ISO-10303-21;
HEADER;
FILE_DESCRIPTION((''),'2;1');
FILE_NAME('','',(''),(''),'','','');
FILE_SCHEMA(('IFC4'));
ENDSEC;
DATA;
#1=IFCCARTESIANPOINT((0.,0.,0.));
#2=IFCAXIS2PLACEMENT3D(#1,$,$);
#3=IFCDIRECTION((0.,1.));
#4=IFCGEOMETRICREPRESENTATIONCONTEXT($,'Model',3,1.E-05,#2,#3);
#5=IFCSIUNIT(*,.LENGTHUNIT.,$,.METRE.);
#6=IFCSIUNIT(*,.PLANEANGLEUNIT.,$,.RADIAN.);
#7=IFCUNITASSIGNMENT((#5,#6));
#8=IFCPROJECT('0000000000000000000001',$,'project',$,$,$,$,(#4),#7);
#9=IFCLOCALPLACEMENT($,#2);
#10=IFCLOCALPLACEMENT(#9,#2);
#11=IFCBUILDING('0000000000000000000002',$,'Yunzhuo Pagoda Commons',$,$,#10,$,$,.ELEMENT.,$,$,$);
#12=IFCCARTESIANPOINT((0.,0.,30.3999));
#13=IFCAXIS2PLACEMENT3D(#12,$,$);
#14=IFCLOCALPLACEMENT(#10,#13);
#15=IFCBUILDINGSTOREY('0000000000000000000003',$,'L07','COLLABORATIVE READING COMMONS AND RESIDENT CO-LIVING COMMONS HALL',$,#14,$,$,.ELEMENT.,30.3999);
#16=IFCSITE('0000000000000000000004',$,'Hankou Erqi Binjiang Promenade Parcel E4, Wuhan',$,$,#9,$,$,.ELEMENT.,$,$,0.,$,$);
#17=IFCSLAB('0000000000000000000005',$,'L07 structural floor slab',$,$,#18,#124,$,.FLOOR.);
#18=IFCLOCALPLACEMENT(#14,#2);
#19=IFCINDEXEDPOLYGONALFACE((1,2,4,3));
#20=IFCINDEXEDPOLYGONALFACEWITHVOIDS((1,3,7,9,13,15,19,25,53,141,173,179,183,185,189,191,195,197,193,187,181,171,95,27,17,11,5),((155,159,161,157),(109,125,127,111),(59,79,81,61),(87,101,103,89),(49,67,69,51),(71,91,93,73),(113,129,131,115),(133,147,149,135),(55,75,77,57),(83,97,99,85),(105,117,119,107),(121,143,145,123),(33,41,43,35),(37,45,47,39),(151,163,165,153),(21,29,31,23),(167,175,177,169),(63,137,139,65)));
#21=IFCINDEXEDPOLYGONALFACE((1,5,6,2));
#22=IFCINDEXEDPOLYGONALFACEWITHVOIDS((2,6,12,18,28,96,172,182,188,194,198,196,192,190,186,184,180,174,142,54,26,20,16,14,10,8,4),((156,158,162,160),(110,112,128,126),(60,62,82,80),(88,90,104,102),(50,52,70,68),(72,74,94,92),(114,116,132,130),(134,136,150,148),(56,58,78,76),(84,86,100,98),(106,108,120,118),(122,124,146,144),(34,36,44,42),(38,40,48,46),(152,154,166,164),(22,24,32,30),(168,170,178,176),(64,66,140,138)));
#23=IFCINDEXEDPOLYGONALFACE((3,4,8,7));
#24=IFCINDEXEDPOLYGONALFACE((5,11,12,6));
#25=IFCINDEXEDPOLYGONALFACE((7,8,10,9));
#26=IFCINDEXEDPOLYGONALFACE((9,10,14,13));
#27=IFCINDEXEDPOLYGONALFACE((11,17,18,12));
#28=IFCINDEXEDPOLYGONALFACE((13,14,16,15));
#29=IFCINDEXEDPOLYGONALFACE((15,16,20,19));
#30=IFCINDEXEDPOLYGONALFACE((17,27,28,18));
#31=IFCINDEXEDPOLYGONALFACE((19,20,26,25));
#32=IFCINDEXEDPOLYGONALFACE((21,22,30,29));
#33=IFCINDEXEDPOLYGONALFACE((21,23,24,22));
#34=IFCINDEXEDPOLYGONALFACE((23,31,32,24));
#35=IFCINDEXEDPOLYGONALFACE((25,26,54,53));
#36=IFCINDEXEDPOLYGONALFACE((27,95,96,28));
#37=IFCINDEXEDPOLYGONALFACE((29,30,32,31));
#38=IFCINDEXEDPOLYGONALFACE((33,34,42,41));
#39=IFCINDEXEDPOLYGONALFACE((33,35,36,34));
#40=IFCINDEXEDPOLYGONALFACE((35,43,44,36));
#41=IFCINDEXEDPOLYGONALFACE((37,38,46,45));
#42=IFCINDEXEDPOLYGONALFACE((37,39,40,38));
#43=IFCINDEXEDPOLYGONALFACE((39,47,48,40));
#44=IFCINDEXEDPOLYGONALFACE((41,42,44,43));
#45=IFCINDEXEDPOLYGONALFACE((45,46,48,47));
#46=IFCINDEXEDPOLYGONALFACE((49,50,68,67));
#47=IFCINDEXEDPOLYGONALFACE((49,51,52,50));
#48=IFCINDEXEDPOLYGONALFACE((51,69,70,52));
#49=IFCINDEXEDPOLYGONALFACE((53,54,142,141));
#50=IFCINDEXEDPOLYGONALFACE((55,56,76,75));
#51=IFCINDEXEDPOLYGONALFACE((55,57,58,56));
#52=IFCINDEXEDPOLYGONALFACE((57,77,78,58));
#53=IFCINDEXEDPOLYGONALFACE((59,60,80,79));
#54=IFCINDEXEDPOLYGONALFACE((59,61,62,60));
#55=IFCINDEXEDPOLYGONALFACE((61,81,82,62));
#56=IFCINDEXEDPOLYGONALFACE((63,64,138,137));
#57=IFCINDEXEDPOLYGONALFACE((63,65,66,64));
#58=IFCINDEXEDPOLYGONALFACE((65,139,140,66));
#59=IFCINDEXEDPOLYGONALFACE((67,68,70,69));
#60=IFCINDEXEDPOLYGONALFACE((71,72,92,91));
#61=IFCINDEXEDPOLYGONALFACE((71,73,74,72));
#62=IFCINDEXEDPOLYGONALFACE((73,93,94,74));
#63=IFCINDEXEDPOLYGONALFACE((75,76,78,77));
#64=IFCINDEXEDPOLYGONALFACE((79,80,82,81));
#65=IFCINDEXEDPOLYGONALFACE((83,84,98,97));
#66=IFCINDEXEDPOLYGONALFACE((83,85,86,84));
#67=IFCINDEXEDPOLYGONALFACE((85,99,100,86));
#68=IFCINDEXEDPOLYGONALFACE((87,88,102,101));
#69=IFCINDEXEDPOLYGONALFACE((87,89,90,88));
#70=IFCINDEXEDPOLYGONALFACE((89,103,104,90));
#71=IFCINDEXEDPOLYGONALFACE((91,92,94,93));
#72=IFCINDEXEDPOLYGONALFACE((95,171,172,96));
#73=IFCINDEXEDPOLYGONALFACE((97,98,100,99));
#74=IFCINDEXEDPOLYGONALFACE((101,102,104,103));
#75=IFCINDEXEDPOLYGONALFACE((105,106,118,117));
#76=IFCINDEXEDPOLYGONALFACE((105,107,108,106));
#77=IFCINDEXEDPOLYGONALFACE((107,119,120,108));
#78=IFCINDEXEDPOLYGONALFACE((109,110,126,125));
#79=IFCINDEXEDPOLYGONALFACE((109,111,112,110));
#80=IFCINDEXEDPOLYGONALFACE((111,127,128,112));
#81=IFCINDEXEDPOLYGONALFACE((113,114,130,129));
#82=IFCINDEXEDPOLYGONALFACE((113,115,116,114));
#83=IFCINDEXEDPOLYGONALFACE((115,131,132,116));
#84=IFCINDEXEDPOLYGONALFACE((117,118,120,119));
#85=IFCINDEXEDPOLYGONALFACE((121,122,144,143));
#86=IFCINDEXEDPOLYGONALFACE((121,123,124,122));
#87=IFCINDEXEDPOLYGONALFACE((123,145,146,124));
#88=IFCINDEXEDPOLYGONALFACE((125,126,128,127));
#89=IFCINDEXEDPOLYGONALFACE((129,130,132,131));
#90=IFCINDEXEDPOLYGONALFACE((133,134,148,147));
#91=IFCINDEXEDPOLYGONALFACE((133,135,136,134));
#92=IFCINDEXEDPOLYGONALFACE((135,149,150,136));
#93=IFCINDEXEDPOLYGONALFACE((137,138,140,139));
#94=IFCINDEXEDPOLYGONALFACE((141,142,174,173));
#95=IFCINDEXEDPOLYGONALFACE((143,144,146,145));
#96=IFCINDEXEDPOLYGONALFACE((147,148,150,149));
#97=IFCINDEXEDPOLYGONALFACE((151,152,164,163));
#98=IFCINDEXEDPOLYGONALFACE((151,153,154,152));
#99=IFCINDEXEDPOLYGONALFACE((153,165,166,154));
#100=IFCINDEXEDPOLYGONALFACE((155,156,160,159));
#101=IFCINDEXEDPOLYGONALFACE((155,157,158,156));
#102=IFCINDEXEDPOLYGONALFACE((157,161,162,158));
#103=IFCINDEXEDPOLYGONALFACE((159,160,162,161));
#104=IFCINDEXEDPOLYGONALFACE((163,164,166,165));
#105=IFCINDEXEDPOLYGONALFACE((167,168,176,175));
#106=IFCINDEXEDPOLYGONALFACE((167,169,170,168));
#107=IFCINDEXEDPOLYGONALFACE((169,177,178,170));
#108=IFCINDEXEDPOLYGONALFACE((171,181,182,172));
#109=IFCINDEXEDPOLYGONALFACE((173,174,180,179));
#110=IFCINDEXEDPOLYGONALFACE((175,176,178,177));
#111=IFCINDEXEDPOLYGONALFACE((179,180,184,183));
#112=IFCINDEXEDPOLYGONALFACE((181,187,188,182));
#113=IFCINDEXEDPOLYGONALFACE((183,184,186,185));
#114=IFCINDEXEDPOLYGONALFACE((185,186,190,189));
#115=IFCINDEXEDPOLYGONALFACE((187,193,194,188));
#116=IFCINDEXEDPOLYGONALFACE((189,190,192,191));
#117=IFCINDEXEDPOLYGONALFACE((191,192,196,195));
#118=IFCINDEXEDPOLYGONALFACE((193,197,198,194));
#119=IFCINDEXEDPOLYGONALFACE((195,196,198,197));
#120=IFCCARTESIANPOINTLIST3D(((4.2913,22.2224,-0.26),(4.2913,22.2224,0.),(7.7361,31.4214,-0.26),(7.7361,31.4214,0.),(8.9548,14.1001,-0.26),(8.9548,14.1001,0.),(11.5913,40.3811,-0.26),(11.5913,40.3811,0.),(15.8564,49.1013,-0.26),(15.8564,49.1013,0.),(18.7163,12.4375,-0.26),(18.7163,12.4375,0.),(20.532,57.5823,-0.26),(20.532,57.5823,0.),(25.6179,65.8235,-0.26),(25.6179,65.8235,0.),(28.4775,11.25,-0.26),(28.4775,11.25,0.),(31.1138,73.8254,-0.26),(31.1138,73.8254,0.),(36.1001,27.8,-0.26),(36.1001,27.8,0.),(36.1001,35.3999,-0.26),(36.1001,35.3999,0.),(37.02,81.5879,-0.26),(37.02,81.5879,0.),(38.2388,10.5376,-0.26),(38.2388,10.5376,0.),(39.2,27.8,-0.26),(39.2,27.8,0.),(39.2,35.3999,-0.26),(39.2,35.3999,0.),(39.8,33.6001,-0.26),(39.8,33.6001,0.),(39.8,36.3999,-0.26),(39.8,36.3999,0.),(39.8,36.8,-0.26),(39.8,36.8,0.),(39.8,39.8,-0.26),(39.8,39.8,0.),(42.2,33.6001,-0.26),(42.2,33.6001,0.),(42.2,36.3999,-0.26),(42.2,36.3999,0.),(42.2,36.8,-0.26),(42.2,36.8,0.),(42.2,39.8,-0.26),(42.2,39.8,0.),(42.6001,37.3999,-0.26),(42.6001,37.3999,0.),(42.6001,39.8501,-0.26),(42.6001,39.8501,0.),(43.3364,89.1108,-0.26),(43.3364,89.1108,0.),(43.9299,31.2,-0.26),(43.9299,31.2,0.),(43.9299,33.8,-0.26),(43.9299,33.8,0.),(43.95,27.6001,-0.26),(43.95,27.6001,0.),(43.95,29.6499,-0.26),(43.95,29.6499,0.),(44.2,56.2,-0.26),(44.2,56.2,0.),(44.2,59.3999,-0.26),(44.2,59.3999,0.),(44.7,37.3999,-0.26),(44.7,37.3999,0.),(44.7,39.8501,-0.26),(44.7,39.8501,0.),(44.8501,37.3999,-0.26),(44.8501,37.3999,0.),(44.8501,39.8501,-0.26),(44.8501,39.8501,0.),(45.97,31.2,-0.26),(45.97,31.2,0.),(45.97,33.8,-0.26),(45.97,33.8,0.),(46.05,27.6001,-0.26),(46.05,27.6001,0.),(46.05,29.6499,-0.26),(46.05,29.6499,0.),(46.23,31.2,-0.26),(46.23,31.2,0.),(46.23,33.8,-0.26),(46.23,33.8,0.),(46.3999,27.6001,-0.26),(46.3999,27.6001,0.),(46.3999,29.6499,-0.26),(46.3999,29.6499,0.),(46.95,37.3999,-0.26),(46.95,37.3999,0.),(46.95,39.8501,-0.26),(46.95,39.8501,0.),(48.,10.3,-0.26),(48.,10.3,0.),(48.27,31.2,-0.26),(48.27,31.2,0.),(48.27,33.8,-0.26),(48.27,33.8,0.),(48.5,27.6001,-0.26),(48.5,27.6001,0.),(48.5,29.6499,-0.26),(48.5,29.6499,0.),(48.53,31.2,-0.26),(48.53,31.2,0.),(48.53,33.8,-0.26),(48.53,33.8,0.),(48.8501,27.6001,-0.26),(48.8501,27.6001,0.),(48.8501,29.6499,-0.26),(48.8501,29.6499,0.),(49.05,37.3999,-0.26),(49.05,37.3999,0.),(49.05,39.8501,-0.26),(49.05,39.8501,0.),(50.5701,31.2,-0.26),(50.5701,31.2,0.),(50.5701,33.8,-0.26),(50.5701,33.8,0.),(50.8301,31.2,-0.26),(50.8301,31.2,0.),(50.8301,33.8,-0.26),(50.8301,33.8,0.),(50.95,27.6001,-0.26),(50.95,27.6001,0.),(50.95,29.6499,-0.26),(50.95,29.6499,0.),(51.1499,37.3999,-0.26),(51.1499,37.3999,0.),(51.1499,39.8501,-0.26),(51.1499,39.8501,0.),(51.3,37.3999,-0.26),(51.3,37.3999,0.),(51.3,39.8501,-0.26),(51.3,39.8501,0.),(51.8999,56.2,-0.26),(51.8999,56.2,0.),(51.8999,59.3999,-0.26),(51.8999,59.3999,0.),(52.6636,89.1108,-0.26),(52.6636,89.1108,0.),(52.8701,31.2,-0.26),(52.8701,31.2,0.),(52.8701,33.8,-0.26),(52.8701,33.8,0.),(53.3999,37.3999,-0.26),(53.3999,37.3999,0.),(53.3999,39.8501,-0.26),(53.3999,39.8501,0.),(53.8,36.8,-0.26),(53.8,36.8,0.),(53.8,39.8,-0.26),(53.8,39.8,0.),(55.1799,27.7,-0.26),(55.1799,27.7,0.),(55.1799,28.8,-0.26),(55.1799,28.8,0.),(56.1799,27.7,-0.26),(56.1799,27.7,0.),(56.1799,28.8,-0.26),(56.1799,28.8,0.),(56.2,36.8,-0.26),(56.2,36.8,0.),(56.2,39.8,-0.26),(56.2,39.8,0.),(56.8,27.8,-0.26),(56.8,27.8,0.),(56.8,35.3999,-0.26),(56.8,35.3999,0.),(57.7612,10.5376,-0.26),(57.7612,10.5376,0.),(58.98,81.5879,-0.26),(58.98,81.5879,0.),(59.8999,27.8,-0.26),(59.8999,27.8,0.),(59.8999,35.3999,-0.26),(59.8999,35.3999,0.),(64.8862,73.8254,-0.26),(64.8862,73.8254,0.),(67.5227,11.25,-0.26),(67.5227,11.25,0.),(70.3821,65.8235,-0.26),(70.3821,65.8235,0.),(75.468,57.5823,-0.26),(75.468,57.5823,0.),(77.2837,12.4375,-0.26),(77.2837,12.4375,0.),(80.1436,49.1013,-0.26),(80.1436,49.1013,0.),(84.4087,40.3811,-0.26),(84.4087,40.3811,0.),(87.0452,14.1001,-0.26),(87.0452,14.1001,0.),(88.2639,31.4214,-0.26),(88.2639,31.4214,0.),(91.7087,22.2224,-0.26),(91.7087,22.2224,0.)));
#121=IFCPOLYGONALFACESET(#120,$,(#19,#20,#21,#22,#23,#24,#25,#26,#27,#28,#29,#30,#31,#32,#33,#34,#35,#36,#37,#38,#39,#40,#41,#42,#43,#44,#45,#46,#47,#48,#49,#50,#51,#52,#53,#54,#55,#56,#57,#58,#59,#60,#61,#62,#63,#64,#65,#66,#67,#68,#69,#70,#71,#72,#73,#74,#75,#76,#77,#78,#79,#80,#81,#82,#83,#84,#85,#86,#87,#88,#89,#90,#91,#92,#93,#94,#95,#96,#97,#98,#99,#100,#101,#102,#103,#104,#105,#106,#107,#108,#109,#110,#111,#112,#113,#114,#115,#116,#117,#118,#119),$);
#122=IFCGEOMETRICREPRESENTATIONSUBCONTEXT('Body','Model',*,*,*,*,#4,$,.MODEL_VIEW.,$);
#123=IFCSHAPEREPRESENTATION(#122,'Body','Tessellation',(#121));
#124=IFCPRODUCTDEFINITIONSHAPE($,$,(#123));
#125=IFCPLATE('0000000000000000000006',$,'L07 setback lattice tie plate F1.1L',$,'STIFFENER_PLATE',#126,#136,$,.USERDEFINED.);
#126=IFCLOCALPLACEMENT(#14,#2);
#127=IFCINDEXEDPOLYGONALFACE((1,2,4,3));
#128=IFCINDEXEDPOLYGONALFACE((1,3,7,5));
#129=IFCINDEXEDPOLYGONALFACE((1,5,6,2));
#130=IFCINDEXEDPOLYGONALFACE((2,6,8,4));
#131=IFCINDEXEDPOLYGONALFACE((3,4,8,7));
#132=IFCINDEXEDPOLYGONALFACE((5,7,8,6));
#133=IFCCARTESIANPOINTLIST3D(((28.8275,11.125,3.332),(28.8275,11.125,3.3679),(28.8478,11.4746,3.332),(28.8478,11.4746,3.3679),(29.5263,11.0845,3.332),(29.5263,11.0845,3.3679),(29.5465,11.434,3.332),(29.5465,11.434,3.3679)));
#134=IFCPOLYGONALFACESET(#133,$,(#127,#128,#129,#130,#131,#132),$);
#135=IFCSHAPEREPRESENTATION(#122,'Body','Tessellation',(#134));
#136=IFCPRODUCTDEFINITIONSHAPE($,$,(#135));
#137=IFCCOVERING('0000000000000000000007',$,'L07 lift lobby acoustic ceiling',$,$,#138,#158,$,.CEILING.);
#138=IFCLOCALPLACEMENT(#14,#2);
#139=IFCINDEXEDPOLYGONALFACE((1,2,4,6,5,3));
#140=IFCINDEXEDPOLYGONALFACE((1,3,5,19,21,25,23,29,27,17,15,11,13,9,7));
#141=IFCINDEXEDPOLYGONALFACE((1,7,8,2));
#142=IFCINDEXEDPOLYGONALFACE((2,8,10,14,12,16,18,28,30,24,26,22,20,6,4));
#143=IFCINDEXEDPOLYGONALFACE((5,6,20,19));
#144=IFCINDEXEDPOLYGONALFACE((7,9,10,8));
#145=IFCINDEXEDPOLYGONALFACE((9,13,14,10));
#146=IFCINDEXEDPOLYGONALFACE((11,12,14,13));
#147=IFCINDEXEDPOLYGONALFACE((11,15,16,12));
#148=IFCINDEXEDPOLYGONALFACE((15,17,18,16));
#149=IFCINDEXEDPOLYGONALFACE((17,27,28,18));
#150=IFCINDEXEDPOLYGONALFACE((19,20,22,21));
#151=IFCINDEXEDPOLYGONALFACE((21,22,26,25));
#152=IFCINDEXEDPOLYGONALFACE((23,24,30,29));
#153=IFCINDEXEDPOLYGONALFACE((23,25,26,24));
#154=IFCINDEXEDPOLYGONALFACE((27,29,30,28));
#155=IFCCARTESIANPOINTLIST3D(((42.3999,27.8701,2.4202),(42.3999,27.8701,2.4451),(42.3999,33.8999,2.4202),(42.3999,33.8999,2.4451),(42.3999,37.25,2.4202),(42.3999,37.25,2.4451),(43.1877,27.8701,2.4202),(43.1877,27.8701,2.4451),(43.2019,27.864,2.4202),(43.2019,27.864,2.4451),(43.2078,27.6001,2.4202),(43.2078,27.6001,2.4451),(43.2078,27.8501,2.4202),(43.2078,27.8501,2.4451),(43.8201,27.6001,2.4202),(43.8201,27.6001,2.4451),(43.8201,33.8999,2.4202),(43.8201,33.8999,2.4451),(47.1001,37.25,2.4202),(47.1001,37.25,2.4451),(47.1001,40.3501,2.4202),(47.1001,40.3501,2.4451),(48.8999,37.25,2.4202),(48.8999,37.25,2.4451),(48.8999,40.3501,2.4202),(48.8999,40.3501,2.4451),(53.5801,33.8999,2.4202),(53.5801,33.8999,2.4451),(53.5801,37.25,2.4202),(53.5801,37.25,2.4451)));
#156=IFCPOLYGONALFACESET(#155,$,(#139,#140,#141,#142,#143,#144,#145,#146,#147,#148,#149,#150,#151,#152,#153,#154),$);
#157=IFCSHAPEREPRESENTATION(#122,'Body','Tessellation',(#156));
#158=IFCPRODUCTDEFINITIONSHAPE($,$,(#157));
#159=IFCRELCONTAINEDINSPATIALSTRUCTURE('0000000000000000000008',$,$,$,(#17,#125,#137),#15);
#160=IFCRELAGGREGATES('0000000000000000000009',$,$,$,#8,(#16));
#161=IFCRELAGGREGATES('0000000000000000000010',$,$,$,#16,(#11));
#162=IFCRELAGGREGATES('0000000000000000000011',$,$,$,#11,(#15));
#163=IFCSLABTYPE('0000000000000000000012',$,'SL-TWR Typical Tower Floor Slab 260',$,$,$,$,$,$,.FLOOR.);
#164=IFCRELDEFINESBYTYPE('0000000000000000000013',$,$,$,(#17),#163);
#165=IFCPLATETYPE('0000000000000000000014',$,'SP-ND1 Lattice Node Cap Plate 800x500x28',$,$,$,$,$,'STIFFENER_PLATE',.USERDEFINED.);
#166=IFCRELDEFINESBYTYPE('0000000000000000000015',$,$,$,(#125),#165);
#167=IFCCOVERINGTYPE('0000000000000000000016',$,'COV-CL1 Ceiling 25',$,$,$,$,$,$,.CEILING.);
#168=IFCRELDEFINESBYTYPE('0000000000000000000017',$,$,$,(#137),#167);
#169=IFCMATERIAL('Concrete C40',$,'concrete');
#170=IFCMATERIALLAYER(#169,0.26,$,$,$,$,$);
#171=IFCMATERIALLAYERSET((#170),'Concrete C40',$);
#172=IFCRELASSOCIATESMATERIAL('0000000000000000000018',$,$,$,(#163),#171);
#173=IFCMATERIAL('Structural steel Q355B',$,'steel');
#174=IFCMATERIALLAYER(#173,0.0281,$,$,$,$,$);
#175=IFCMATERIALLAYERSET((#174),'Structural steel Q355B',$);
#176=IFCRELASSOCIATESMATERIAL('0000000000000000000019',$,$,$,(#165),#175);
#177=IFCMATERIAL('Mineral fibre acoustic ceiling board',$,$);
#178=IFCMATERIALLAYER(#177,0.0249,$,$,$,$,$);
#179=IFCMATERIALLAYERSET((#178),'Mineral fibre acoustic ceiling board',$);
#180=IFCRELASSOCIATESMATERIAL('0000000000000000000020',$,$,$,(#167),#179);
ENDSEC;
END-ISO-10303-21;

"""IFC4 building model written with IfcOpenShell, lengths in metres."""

from ifc_helpers import new_model, si_unit, direction, frame, origin, origin_2d, place, context, subcontext, project, spatial, polyline, rectangle, outline, extrude, source, transform, mapped, material, layer, layer_set, type_object, element, save


model = new_model("IFC4")

# Units and contexts
model_context = context("Model", 3, precision=1e-05, world=origin(), true_north=direction((0.0, 1.0)))
body_context = subcontext(model_context, "Body", "Model", "MODEL_VIEW")
ifc_project = project(units=[si_unit("LENGTHUNIT", "METRE"), si_unit("PLANEANGLEUNIT", "RADIAN")], contexts=[model_context])

# Site, building, storey
site_placement = place(None, origin())
site = spatial("IfcSite", under=ifc_project, at=site_placement, Name="Hankou Erqi Binjiang Promenade Parcel E4, Wuhan", CompositionType="ELEMENT", RefElevation=0.0)
building_placement = place(site_placement, origin())
building = spatial("IfcBuilding", under=site, at=building_placement, Name="Yunzhuo Pagoda Commons", CompositionType="ELEMENT")
storey_placement = place(building_placement, frame((0.0, 0.0, 30.3999)))
storey = spatial("IfcBuildingStorey", under=building, at=storey_placement, Name="L07", Description="COLLABORATIVE READING COMMONS AND RESIDENT CO-LIVING COMMONS HALL", CompositionType="ELEMENT", Elevation=30.3999)

# Shared definitions
ifc_material_1 = material(Name="Structural steel Q355B", Category="steel")

# Shared definitions
ifc_material_2 = material(Name="Concrete C40", Category="concrete")

# Slab
ifc_layer_1 = layer(ifc_material_2, 0.26)
ifc_layer_set_1 = layer_set([ifc_layer_1], Name="Concrete C40")
slab_type_1 = type_object("IfcSlabType", Name="SL-TWR Typical Tower Floor Slab 260", PredefinedType="FLOOR", material=ifc_layer_set_1)
slab_1_placement = place(storey_placement, frame((0.0, 0.0, -0.26)))
element("IfcSlab", 1, at=slab_1_placement, inside=storey, type_object=slab_type_1, Name="L07 structural floor slab", PredefinedType="FLOOR", context=body_context, shape_type="SweptSolid", body=[
    extrude(outline(polyline([(7.7361, 31.4214), (11.5913, 40.3811), (15.8564, 49.1013), (20.532, 57.5823), (25.6179, 65.8235), (31.1138, 73.8254), (37.02, 81.5879), (43.3364, 89.1108), (52.6636, 89.1108), (58.98, 81.5879), (64.8862, 73.8254), (70.3821, 65.8235), (75.468, 57.5823), (80.1436, 49.1013), (84.4087, 40.3811), (88.2639, 31.4214), (91.7087, 22.2224), (87.0452, 14.1001), (77.2837, 12.4375), (67.5227, 11.25), (57.7612, 10.5376), (48.0, 10.3), (38.2388, 10.5376), (28.4775, 11.25), (18.7163, 12.4375), (8.9548, 14.1001), (4.2913, 22.2224), (7.7361, 31.4214)]), holes=[polyline([(46.05, 27.6001), (46.05, 29.6499), (43.95, 29.6499), (43.95, 27.6001), (46.05, 27.6001)]), polyline([(48.5, 27.6001), (48.5, 29.6499), (46.3999, 29.6499), (46.3999, 27.6001), (48.5, 27.6001)]), polyline([(36.1001, 27.8), (39.2, 27.8), (39.2, 35.3999), (36.1001, 35.3999), (36.1001, 27.8)]), polyline([(45.97, 31.2), (45.97, 33.8), (43.9299, 33.8), (43.9299, 31.2), (45.97, 31.2)]), polyline([(48.27, 31.2), (48.27, 33.8), (46.23, 33.8), (46.23, 31.2), (48.27, 31.2)]), polyline([(42.2, 33.6001), (42.2, 36.3999), (39.8, 36.3999), (39.8, 33.6001), (42.2, 33.6001)]), polyline([(42.2, 36.8), (42.2, 39.8), (39.8, 39.8), (39.8, 36.8), (42.2, 36.8)]), polyline([(42.6001, 37.3999), (44.7, 37.3999), (44.7, 39.8501), (42.6001, 39.8501), (42.6001, 37.3999)]), polyline([(44.8501, 37.3999), (46.95, 37.3999), (46.95, 39.8501), (44.8501, 39.8501), (44.8501, 37.3999)]), polyline([(56.1799, 27.7), (56.1799, 28.8), (55.1799, 28.8), (55.1799, 27.7), (56.1799, 27.7)]), polyline([(50.95, 27.6001), (50.95, 29.6499), (48.8501, 29.6499), (48.8501, 27.6001), (50.95, 27.6001)]), polyline([(56.8, 27.8), (59.8999, 27.8), (59.8999, 35.3999), (56.8, 35.3999), (56.8, 27.8)]), polyline([(50.5701, 31.2), (50.5701, 33.8), (48.53, 33.8), (48.53, 31.2), (50.5701, 31.2)]), polyline([(52.8701, 31.2), (52.8701, 33.8), (50.8301, 33.8), (50.8301, 31.2), (52.8701, 31.2)]), polyline([(56.2, 36.8), (56.2, 39.8), (53.8, 39.8), (53.8, 36.8), (56.2, 36.8)]), polyline([(51.1499, 37.3999), (51.1499, 39.8501), (49.05, 39.8501), (49.05, 37.3999), (51.1499, 37.3999)]), polyline([(51.3, 37.3999), (53.3999, 37.3999), (53.3999, 39.8501), (51.3, 39.8501), (51.3, 37.3999)]), polyline([(44.2, 56.2), (51.8999, 56.2), (51.8999, 59.3999), (44.2, 59.3999), (44.2, 56.2)])]), origin(), (0.0, 0.0, 1.0), 0.26),
])

# Plate
ifc_layer_2 = layer(ifc_material_1, 0.0281)
ifc_layer_set_2 = layer_set([ifc_layer_2], Name="Structural steel Q355B")
plate_type_1 = type_object("IfcPlateType", Name="SP-ND1 Lattice Node Cap Plate 800x500x28", ElementType="STIFFENER_PLATE", PredefinedType="USERDEFINED", material=ifc_layer_set_2)
shared_shape_1 = source(origin(), body_context, "Body", "SweptSolid", [
    extrude(rectangle(XDim=0.7, YDim=0.3501, at=origin_2d()), origin(), (0.0, 0.0, 1.0), 0.0359),
])
plate_1_placement = place(storey_placement, frame((29.187, 11.2795, 3.332), z_axis=(0.0, 0.0, 1.0), x_axis=(0.998323, -0.057895, 0.0)))
element("IfcPlate", 2, at=plate_1_placement, inside=storey, type_object=plate_type_1, Name="L07 setback lattice tie plate F1.1L", ObjectType="STIFFENER_PLATE", PredefinedType="USERDEFINED", context=body_context, shape_type="MappedRepresentation", body=[
    mapped(shared_shape_1, transform((0.0, 0.0, 0.0), scale=1.0)),
])

# Covering
ifc_material_3 = material(Name="Mineral fibre acoustic ceiling board")
ifc_layer_3 = layer(ifc_material_3, 0.0249)
ifc_layer_set_3 = layer_set([ifc_layer_3], Name="Mineral fibre acoustic ceiling board")
covering_type_1 = type_object("IfcCoveringType", Name="COV-CL1 Ceiling 25", PredefinedType="CEILING", material=ifc_layer_set_3)
covering_1_placement = place(storey_placement, frame((0.0, 0.0, 2.4202)))
element("IfcCovering", 3, at=covering_1_placement, inside=storey, type_object=covering_type_1, Name="L07 lift lobby acoustic ceiling", PredefinedType="CEILING", context=body_context, shape_type="SweptSolid", body=[
    extrude(outline(polyline([(43.2078, 27.8501), (43.2019, 27.864), (43.1877, 27.8701), (42.3999, 27.8701), (42.3999, 33.8999), (42.3999, 37.25), (47.1001, 37.25), (47.1001, 40.3501), (48.8999, 40.3501), (48.8999, 37.25), (53.5801, 37.25), (53.5801, 33.8999), (43.8201, 33.8999), (43.8201, 27.6001), (43.2078, 27.6001), (43.2078, 27.8501)])), origin(), (0.0, 0.0, 1.0), 0.0249),
])

save(model, "model.ifc")
